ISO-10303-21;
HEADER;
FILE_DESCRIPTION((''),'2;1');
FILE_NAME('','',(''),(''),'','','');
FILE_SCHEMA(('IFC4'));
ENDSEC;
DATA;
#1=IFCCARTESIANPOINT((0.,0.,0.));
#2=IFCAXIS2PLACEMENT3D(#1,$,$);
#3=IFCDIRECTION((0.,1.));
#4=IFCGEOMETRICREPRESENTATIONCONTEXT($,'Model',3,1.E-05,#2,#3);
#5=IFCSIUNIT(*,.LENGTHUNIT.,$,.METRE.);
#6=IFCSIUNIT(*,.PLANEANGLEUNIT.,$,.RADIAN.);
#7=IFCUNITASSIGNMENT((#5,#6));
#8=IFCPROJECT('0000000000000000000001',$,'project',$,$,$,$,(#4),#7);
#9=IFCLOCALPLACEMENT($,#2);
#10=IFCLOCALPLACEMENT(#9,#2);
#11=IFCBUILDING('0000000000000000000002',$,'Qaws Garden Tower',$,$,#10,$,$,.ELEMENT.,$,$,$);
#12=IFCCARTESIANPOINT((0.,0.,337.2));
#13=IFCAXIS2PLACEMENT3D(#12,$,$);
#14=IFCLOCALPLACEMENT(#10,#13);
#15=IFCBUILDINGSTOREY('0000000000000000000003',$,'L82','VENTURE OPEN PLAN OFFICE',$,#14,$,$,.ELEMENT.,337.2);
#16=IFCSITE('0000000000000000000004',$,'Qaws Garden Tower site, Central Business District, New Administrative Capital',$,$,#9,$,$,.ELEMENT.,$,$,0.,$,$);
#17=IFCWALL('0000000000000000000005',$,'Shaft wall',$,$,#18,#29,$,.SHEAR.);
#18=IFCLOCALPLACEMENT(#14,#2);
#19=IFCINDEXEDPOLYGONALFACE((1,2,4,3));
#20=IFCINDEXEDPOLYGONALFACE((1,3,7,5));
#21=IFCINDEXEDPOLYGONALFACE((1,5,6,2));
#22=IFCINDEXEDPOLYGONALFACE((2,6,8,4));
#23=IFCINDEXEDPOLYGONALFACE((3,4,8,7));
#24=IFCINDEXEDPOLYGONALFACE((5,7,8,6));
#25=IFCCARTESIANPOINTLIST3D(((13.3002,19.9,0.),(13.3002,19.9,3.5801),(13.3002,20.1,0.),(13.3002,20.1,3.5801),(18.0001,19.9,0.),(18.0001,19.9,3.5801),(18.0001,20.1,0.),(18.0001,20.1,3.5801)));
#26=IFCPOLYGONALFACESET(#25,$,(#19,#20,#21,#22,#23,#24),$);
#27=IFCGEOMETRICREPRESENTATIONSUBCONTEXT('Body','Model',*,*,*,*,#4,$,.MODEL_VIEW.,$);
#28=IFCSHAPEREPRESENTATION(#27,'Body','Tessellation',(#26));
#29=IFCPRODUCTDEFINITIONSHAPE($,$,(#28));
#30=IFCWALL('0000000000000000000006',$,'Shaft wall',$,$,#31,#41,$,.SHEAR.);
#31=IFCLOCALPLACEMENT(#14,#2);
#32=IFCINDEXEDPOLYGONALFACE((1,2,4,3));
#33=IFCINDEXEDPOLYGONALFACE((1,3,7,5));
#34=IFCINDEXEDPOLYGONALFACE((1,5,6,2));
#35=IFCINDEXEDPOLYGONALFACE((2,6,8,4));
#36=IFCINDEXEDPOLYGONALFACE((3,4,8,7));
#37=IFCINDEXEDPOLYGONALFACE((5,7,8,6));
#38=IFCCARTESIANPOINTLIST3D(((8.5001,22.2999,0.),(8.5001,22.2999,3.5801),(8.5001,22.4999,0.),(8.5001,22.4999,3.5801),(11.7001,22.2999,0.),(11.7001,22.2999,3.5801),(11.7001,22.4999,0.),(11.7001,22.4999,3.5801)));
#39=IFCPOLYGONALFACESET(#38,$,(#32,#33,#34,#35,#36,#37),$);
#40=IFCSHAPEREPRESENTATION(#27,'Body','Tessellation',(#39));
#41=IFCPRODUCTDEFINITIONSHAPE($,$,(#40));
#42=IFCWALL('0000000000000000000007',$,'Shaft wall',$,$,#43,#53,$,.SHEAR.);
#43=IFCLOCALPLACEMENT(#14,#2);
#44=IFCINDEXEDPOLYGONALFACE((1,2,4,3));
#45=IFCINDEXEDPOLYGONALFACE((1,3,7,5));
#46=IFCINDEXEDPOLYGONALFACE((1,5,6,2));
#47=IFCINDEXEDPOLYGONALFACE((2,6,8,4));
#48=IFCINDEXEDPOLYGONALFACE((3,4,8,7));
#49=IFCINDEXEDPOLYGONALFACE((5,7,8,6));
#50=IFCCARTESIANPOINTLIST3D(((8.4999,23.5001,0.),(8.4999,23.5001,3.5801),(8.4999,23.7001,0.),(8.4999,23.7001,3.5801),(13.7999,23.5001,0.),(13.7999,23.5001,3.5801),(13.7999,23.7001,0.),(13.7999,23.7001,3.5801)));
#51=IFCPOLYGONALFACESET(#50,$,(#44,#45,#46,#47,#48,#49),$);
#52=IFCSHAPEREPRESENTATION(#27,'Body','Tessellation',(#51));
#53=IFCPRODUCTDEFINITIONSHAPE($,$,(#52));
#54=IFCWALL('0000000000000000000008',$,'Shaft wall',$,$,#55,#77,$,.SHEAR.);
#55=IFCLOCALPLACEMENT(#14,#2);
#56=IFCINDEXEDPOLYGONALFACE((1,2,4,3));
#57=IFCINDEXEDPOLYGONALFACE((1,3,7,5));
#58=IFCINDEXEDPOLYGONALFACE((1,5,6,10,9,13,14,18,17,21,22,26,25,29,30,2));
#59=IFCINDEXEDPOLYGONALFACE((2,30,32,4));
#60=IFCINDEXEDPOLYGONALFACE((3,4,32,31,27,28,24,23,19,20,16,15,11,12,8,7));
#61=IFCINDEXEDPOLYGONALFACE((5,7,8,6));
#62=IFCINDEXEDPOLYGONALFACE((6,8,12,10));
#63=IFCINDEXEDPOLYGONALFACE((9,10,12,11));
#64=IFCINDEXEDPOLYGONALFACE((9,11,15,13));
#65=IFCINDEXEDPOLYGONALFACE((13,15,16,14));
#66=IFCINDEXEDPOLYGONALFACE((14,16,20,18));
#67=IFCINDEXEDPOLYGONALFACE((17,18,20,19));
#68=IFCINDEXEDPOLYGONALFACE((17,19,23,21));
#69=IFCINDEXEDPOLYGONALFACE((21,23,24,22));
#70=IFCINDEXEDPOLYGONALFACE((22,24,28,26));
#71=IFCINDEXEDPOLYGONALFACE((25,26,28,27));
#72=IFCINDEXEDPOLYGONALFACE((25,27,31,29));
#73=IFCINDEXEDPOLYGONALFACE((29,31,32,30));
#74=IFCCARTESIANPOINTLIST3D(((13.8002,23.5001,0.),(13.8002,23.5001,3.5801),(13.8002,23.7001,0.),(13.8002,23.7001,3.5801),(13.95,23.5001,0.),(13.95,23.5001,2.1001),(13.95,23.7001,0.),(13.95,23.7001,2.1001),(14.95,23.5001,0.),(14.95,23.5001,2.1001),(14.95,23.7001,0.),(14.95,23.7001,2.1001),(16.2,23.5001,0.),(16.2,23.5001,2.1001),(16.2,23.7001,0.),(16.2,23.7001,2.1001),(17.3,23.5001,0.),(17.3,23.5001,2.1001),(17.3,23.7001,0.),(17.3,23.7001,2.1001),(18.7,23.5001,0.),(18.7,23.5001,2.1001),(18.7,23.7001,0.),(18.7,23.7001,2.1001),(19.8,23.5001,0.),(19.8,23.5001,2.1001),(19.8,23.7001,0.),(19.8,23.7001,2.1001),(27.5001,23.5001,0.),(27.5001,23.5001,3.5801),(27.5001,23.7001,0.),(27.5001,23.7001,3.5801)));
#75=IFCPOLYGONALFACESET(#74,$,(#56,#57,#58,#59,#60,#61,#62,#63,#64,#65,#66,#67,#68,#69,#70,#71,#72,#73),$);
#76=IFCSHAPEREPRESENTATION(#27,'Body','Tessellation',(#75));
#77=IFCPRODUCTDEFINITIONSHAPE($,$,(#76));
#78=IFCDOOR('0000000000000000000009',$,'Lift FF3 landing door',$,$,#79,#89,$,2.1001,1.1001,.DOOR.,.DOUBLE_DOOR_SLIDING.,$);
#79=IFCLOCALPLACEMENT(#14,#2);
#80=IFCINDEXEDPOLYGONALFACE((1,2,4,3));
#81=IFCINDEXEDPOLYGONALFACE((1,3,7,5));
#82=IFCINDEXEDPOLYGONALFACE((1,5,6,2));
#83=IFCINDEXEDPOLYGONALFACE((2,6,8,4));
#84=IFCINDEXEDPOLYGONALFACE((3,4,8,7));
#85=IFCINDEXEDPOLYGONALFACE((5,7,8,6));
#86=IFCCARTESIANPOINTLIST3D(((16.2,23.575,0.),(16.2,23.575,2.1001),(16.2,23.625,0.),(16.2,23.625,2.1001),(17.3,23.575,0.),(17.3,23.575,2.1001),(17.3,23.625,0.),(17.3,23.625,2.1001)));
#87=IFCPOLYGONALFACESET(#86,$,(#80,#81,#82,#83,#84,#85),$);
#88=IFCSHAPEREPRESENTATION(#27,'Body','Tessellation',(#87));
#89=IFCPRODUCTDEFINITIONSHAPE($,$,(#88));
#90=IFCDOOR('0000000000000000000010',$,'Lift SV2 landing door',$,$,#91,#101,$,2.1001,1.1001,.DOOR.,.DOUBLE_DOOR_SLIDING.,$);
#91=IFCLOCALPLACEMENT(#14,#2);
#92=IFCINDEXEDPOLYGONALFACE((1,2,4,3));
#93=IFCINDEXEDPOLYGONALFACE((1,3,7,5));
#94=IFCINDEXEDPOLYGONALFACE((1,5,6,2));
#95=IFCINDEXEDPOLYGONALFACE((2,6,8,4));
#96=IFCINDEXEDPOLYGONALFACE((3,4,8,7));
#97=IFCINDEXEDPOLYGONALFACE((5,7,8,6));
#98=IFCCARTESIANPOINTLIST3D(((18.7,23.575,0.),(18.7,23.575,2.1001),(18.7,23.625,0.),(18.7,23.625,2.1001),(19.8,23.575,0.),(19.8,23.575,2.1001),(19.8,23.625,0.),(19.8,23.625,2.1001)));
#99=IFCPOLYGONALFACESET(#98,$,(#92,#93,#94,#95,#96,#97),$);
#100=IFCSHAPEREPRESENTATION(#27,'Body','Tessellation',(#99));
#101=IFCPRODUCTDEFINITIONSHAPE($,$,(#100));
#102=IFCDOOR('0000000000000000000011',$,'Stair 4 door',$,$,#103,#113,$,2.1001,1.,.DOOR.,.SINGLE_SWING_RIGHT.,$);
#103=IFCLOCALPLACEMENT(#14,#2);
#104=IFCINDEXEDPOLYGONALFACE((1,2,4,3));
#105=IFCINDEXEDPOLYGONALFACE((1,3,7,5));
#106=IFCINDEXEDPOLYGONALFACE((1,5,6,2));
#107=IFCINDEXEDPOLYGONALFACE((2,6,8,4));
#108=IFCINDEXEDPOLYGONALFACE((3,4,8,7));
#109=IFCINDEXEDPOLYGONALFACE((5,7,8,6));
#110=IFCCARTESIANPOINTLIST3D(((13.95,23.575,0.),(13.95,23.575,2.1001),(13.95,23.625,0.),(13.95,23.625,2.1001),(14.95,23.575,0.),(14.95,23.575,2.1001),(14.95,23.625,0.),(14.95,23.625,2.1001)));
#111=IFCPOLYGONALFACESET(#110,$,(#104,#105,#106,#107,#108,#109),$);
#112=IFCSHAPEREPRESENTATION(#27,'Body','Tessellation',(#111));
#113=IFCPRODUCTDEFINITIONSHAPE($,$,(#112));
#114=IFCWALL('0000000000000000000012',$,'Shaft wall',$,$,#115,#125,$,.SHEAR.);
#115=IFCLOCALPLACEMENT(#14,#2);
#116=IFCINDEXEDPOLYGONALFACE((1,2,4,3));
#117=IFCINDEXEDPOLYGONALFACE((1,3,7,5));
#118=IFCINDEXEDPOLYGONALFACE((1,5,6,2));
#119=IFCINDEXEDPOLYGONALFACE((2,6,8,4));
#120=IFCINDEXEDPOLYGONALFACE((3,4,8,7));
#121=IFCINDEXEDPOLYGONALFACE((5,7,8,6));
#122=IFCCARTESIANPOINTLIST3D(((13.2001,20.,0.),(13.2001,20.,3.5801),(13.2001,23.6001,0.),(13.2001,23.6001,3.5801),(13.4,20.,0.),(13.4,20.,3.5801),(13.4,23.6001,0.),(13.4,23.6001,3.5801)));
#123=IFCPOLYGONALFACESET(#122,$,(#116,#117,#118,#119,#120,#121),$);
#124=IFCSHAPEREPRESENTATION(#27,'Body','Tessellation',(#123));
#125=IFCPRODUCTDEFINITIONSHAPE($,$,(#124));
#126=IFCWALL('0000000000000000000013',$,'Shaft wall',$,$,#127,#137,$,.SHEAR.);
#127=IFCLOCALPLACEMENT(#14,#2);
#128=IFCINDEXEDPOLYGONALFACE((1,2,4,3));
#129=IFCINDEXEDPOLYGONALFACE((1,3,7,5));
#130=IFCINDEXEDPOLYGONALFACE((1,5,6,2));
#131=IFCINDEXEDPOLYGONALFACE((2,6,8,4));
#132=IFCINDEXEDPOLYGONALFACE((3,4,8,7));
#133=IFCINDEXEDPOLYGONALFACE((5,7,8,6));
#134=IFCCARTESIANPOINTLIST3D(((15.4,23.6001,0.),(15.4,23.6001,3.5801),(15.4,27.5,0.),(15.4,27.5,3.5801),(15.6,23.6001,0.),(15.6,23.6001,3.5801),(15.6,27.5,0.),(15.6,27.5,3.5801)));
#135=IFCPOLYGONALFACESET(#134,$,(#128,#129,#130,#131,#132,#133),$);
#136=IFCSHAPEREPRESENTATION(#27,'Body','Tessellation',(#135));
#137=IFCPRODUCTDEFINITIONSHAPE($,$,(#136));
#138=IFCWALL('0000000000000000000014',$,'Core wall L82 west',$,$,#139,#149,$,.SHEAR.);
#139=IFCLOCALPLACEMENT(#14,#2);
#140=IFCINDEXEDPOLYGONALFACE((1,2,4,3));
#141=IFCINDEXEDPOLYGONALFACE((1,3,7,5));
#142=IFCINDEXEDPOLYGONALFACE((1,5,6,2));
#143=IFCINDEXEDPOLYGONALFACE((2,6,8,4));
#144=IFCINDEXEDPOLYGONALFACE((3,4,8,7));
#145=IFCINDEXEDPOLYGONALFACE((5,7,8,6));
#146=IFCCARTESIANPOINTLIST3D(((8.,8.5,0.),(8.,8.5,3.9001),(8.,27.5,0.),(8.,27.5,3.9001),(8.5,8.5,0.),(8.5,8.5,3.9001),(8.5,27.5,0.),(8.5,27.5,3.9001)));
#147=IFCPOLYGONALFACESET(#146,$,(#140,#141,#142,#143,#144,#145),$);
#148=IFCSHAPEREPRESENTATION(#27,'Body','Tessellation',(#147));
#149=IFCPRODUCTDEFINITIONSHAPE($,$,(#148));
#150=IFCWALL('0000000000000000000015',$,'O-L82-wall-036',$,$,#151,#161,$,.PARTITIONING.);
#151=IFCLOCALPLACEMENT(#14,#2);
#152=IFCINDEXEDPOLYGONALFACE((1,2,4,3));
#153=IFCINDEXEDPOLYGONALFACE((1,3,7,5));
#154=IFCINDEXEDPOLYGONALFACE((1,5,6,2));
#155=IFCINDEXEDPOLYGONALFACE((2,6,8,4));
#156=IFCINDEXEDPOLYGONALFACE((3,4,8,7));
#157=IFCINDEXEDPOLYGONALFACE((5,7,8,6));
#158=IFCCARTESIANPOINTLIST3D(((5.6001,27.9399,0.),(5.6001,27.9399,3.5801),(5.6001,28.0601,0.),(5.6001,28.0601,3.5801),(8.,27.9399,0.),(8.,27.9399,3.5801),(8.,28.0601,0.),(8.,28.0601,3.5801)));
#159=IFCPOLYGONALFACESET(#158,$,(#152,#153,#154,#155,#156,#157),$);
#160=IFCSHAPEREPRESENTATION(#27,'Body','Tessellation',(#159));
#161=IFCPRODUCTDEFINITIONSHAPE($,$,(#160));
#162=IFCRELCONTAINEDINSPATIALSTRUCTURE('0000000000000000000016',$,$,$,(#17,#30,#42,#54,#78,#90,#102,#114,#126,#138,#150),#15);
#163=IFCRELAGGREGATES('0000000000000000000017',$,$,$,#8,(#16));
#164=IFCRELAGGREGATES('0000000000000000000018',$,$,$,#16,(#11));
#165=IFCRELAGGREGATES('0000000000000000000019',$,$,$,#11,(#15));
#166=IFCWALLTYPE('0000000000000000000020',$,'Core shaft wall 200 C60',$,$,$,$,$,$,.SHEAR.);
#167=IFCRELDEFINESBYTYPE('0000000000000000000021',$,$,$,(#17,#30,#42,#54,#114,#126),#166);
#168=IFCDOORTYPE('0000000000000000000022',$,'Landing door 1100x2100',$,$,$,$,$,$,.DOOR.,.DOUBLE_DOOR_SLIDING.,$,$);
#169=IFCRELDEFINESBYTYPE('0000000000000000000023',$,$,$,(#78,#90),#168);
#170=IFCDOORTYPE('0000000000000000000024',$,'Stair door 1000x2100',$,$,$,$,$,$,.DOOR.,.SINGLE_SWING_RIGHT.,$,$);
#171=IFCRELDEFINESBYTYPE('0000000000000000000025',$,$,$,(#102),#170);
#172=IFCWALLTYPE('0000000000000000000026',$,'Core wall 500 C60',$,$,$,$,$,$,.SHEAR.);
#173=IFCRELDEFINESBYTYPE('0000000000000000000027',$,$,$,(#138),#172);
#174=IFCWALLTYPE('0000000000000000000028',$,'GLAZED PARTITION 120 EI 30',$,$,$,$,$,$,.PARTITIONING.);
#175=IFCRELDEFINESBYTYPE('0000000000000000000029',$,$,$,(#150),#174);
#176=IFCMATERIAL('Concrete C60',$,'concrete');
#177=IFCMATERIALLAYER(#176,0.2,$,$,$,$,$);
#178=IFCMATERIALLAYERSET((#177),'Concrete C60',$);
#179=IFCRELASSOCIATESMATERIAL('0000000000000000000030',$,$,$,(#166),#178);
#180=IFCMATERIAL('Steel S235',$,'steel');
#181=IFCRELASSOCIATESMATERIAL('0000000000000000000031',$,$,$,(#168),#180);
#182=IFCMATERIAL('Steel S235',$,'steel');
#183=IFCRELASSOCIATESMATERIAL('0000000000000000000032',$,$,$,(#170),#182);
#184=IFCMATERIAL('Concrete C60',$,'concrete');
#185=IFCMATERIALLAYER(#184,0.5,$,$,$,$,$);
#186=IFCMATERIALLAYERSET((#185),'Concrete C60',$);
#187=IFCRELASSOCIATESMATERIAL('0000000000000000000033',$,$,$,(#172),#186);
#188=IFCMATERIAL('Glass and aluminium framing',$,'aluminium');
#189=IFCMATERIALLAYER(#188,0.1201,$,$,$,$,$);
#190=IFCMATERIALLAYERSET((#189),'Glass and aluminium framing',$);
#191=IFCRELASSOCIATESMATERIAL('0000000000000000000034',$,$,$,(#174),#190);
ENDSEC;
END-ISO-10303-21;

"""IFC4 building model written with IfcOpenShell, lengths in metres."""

from ifc_helpers import new_model, si_unit, direction, frame, frame_2d, origin, place, context, subcontext, project, spatial, rectangle, extrude, material, layer, layer_set, type_object, element, fill, save


model = new_model("IFC4")

# Units and contexts
model_context = context("Model", 3, precision=1e-05, world=origin(), true_north=direction((0.0, 1.0)))
body_context = subcontext(model_context, "Body", "Model", "MODEL_VIEW")
ifc_project = project(units=[si_unit("LENGTHUNIT", "METRE"), si_unit("PLANEANGLEUNIT", "RADIAN")], contexts=[model_context])

# Site, building, storey
site_placement = place(None, origin())
site = spatial("IfcSite", under=ifc_project, at=site_placement, Name="Qaws Garden Tower site, Central Business District, New Administrative Capital", CompositionType="ELEMENT", RefElevation=0.0)
building_placement = place(site_placement, origin())
building = spatial("IfcBuilding", under=site, at=building_placement, Name="Qaws Garden Tower", CompositionType="ELEMENT")
storey_placement = place(building_placement, frame((0.0, 0.0, 337.2)))
storey = spatial("IfcBuildingStorey", under=building, at=storey_placement, Name="L82", Description="VENTURE OPEN PLAN OFFICE", CompositionType="ELEMENT", Elevation=337.2)

# Walls
ifc_material_1 = material(Name="Concrete C60", Category="concrete")
ifc_layer_1 = layer(ifc_material_1, 0.2)
ifc_layer_set_1 = layer_set([ifc_layer_1], Name="Concrete C60")
wall_type_1 = type_object("IfcWallType", Name="Core shaft wall 200 C60", PredefinedType="SHEAR", material=ifc_layer_set_1)
wall_1_placement = place(storey_placement, frame((13.3, 20.0, 0.0), z_axis=(0.0, 0.0, 1.0), x_axis=(1.0, 0.0, 0.0)))
element("IfcWall", 1, at=wall_1_placement, inside=storey, type_object=wall_type_1, Name="Shaft wall", PredefinedType="SHEAR", context=body_context, shape_type="SweptSolid", body=[
    extrude(rectangle(XDim=4.7, YDim=0.2, at=frame_2d((2.3501, 0.0))), origin(), (0.0, 0.0, 1.0), 3.5801),
])
wall_2_placement = place(storey_placement, frame((8.5, 22.3999, 0.0), z_axis=(0.0, 0.0, 1.0), x_axis=(1.0, 0.0, 0.0)))
element("IfcWall", 2, at=wall_2_placement, inside=storey, type_object=wall_type_1, Name="Shaft wall", PredefinedType="SHEAR", context=body_context, shape_type="SweptSolid", body=[
    extrude(rectangle(XDim=3.2, YDim=0.2, at=frame_2d((1.6001, 0.0))), origin(), (0.0, 0.0, 1.0), 3.5801),
])
wall_3_placement = place(storey_placement, frame((8.5, 23.6001, 0.0), z_axis=(0.0, 0.0, 1.0), x_axis=(1.0, 0.0, 0.0)))
element("IfcWall", 3, at=wall_3_placement, inside=storey, type_object=wall_type_1, Name="Shaft wall", PredefinedType="SHEAR", context=body_context, shape_type="SweptSolid", body=[
    extrude(rectangle(XDim=5.3, YDim=0.2, at=frame_2d((2.6499, 0.0))), origin(), (0.0, 0.0, 1.0), 3.5801),
])

# Wall, openings, doors
wall_4_placement = place(storey_placement, frame((13.8, 23.6001, 0.0), z_axis=(0.0, 0.0, 1.0), x_axis=(1.0, 0.0, 0.0)))
wall_4 = element("IfcWall", 4, at=wall_4_placement, inside=storey, type_object=wall_type_1, Name="Shaft wall", PredefinedType="SHEAR", context=body_context, shape_type="SweptSolid", body=[
    extrude(rectangle(XDim=13.7, YDim=0.2, at=frame_2d((6.8501, 0.0))), origin(), (0.0, 0.0, 1.0), 3.5801),
])
opening_1_placement = place(wall_4_placement, frame((2.3999, 0.0, 0.0)))
opening_1 = element("IfcOpeningElement", 5, at=opening_1_placement, cuts=wall_4, PredefinedType="OPENING", context=body_context, shape_type="SweptSolid", body=[
    extrude(rectangle(XDim=1.1001, YDim=2.1001, at=frame_2d((0.55, 1.05))), frame((0.0, 0.1099, 0.0), z_axis=(0.0, -1.0, 0.0), x_axis=(1.0, 0.0, 0.0)), (0.0, 0.0, 1.0), 0.22),
])
opening_2_placement = place(wall_4_placement, frame((4.8999, 0.0, 0.0)))
opening_2 = element("IfcOpeningElement", 6, at=opening_2_placement, cuts=wall_4, PredefinedType="OPENING", context=body_context, shape_type="SweptSolid", body=[
    extrude(rectangle(XDim=1.1001, YDim=2.1001, at=frame_2d((0.55, 1.05))), frame((0.0, 0.1099, 0.0), z_axis=(0.0, -1.0, 0.0), x_axis=(1.0, 0.0, 0.0)), (0.0, 0.0, 1.0), 0.22),
])
opening_3_placement = place(wall_4_placement, frame((0.1499, 0.0, 0.0)))
opening_3 = element("IfcOpeningElement", 7, at=opening_3_placement, cuts=wall_4, PredefinedType="OPENING", context=body_context, shape_type="SweptSolid", body=[
    extrude(rectangle(XDim=1.0, YDim=2.1001, at=frame_2d((0.5, 1.05))), frame((0.0, 0.1099, 0.0), z_axis=(0.0, -1.0, 0.0), x_axis=(1.0, 0.0, 0.0)), (0.0, 0.0, 1.0), 0.22),
])
ifc_material_2 = material(Name="Steel S235", Category="steel")
door_type_1 = type_object("IfcDoorType", Name="Landing door 1100x2100", OperationType="DOUBLE_DOOR_SLIDING", PredefinedType="DOOR", material=ifc_material_2)
door_1_placement = place(opening_1_placement, origin())
door_1 = element("IfcDoor", 8, at=door_1_placement, inside=storey, type_object=door_type_1, Name="Lift FF3 landing door", OperationType="DOUBLE_DOOR_SLIDING", OverallHeight=2.1001, OverallWidth=1.1001, PredefinedType="DOOR", context=body_context, shape_type="SweptSolid", body=[
    extrude(rectangle(XDim=1.1001, YDim=2.1001, at=frame_2d((0.55, 1.05))), frame((0.0, 0.0249, 0.0), z_axis=(0.0, -1.0, 0.0), x_axis=(1.0, 0.0, 0.0)), (0.0, 0.0, 1.0), 0.05),
])
fill(opening_1, door_1)
door_2_placement = place(opening_2_placement, origin())
door_2 = element("IfcDoor", 9, at=door_2_placement, inside=storey, type_object=door_type_1, Name="Lift SV2 landing door", OperationType="DOUBLE_DOOR_SLIDING", OverallHeight=2.1001, OverallWidth=1.1001, PredefinedType="DOOR", context=body_context, shape_type="SweptSolid", body=[
    extrude(rectangle(XDim=1.1001, YDim=2.1001, at=frame_2d((0.55, 1.05))), frame((0.0, 0.0249, 0.0), z_axis=(0.0, -1.0, 0.0), x_axis=(1.0, 0.0, 0.0)), (0.0, 0.0, 1.0), 0.05),
])
fill(opening_2, door_2)
ifc_material_3 = material(Name="Steel S235", Category="steel")
door_type_2 = type_object("IfcDoorType", Name="Stair door 1000x2100", OperationType="SINGLE_SWING_RIGHT", PredefinedType="DOOR", material=ifc_material_3)
door_3_placement = place(opening_3_placement, origin())
door_3 = element("IfcDoor", 10, at=door_3_placement, inside=storey, type_object=door_type_2, Name="Stair 4 door", OperationType="SINGLE_SWING_RIGHT", OverallHeight=2.1001, OverallWidth=1.0, PredefinedType="DOOR", context=body_context, shape_type="SweptSolid", body=[
    extrude(rectangle(XDim=1.0, YDim=2.1001, at=frame_2d((0.5, 1.05))), frame((0.0, 0.0249, 0.0), z_axis=(0.0, -1.0, 0.0), x_axis=(1.0, 0.0, 0.0)), (0.0, 0.0, 1.0), 0.05),
])
fill(opening_3, door_3)

# Walls
wall_5_placement = place(storey_placement, frame((13.3, 20.0, 0.0), z_axis=(0.0, 0.0, 1.0), x_axis=(0.0, 1.0, 0.0)))
element("IfcWall", 11, at=wall_5_placement, inside=storey, type_object=wall_type_1, Name="Shaft wall", PredefinedType="SHEAR", context=body_context, shape_type="SweptSolid", body=[
    extrude(rectangle(XDim=3.6001, YDim=0.2, at=frame_2d((1.8, 0.0))), origin(), (0.0, 0.0, 1.0), 3.5801),
])
wall_6_placement = place(storey_placement, frame((15.5, 23.6001, 0.0), z_axis=(0.0, 0.0, 1.0), x_axis=(0.0, 1.0, 0.0)))
element("IfcWall", 12, at=wall_6_placement, inside=storey, type_object=wall_type_1, Name="Shaft wall", PredefinedType="SHEAR", context=body_context, shape_type="SweptSolid", body=[
    extrude(rectangle(XDim=3.8999, YDim=0.2, at=frame_2d((1.95, 0.0))), origin(), (0.0, 0.0, 1.0), 3.5801),
])
ifc_material_4 = material(Name="Concrete C60", Category="concrete")
ifc_layer_2 = layer(ifc_material_4, 0.5)
ifc_layer_set_2 = layer_set([ifc_layer_2], Name="Concrete C60")
wall_type_2 = type_object("IfcWallType", Name="Core wall 500 C60", PredefinedType="SHEAR", material=ifc_layer_set_2)
wall_7_placement = place(storey_placement, frame((8.25, 27.5, 0.0), z_axis=(0.0, 0.0, 1.0), x_axis=(0.0, -1.0, 0.0)))
element("IfcWall", 13, at=wall_7_placement, inside=storey, type_object=wall_type_2, Name="Core wall L82 west", PredefinedType="SHEAR", context=body_context, shape_type="SweptSolid", body=[
    extrude(rectangle(XDim=19.0, YDim=0.5, at=frame_2d((9.5, 0.0))), origin(), (0.0, 0.0, 1.0), 3.9001),
])
ifc_material_5 = material(Name="Glass and aluminium framing", Category="aluminium")
ifc_layer_3 = layer(ifc_material_5, 0.1201)
ifc_layer_set_3 = layer_set([ifc_layer_3], Name="Glass and aluminium framing")
wall_type_3 = type_object("IfcWallType", Name="GLAZED PARTITION 120 EI 30", PredefinedType="PARTITIONING", material=ifc_layer_set_3)
wall_8_placement = place(storey_placement, frame((5.6001, 28.0, 0.0), z_axis=(0.0, 0.0, 1.0), x_axis=(1.0, 0.0, 0.0)))
element("IfcWall", 14, at=wall_8_placement, inside=storey, type_object=wall_type_3, Name="O-L82-wall-036", PredefinedType="PARTITIONING", context=body_context, shape_type="SweptSolid", body=[
    extrude(rectangle(XDim=2.3999, YDim=0.1201, at=frame_2d((1.2, 0.0))), origin(), (0.0, 0.0, 1.0), 3.5801),
])

save(model, "model.ifc")
